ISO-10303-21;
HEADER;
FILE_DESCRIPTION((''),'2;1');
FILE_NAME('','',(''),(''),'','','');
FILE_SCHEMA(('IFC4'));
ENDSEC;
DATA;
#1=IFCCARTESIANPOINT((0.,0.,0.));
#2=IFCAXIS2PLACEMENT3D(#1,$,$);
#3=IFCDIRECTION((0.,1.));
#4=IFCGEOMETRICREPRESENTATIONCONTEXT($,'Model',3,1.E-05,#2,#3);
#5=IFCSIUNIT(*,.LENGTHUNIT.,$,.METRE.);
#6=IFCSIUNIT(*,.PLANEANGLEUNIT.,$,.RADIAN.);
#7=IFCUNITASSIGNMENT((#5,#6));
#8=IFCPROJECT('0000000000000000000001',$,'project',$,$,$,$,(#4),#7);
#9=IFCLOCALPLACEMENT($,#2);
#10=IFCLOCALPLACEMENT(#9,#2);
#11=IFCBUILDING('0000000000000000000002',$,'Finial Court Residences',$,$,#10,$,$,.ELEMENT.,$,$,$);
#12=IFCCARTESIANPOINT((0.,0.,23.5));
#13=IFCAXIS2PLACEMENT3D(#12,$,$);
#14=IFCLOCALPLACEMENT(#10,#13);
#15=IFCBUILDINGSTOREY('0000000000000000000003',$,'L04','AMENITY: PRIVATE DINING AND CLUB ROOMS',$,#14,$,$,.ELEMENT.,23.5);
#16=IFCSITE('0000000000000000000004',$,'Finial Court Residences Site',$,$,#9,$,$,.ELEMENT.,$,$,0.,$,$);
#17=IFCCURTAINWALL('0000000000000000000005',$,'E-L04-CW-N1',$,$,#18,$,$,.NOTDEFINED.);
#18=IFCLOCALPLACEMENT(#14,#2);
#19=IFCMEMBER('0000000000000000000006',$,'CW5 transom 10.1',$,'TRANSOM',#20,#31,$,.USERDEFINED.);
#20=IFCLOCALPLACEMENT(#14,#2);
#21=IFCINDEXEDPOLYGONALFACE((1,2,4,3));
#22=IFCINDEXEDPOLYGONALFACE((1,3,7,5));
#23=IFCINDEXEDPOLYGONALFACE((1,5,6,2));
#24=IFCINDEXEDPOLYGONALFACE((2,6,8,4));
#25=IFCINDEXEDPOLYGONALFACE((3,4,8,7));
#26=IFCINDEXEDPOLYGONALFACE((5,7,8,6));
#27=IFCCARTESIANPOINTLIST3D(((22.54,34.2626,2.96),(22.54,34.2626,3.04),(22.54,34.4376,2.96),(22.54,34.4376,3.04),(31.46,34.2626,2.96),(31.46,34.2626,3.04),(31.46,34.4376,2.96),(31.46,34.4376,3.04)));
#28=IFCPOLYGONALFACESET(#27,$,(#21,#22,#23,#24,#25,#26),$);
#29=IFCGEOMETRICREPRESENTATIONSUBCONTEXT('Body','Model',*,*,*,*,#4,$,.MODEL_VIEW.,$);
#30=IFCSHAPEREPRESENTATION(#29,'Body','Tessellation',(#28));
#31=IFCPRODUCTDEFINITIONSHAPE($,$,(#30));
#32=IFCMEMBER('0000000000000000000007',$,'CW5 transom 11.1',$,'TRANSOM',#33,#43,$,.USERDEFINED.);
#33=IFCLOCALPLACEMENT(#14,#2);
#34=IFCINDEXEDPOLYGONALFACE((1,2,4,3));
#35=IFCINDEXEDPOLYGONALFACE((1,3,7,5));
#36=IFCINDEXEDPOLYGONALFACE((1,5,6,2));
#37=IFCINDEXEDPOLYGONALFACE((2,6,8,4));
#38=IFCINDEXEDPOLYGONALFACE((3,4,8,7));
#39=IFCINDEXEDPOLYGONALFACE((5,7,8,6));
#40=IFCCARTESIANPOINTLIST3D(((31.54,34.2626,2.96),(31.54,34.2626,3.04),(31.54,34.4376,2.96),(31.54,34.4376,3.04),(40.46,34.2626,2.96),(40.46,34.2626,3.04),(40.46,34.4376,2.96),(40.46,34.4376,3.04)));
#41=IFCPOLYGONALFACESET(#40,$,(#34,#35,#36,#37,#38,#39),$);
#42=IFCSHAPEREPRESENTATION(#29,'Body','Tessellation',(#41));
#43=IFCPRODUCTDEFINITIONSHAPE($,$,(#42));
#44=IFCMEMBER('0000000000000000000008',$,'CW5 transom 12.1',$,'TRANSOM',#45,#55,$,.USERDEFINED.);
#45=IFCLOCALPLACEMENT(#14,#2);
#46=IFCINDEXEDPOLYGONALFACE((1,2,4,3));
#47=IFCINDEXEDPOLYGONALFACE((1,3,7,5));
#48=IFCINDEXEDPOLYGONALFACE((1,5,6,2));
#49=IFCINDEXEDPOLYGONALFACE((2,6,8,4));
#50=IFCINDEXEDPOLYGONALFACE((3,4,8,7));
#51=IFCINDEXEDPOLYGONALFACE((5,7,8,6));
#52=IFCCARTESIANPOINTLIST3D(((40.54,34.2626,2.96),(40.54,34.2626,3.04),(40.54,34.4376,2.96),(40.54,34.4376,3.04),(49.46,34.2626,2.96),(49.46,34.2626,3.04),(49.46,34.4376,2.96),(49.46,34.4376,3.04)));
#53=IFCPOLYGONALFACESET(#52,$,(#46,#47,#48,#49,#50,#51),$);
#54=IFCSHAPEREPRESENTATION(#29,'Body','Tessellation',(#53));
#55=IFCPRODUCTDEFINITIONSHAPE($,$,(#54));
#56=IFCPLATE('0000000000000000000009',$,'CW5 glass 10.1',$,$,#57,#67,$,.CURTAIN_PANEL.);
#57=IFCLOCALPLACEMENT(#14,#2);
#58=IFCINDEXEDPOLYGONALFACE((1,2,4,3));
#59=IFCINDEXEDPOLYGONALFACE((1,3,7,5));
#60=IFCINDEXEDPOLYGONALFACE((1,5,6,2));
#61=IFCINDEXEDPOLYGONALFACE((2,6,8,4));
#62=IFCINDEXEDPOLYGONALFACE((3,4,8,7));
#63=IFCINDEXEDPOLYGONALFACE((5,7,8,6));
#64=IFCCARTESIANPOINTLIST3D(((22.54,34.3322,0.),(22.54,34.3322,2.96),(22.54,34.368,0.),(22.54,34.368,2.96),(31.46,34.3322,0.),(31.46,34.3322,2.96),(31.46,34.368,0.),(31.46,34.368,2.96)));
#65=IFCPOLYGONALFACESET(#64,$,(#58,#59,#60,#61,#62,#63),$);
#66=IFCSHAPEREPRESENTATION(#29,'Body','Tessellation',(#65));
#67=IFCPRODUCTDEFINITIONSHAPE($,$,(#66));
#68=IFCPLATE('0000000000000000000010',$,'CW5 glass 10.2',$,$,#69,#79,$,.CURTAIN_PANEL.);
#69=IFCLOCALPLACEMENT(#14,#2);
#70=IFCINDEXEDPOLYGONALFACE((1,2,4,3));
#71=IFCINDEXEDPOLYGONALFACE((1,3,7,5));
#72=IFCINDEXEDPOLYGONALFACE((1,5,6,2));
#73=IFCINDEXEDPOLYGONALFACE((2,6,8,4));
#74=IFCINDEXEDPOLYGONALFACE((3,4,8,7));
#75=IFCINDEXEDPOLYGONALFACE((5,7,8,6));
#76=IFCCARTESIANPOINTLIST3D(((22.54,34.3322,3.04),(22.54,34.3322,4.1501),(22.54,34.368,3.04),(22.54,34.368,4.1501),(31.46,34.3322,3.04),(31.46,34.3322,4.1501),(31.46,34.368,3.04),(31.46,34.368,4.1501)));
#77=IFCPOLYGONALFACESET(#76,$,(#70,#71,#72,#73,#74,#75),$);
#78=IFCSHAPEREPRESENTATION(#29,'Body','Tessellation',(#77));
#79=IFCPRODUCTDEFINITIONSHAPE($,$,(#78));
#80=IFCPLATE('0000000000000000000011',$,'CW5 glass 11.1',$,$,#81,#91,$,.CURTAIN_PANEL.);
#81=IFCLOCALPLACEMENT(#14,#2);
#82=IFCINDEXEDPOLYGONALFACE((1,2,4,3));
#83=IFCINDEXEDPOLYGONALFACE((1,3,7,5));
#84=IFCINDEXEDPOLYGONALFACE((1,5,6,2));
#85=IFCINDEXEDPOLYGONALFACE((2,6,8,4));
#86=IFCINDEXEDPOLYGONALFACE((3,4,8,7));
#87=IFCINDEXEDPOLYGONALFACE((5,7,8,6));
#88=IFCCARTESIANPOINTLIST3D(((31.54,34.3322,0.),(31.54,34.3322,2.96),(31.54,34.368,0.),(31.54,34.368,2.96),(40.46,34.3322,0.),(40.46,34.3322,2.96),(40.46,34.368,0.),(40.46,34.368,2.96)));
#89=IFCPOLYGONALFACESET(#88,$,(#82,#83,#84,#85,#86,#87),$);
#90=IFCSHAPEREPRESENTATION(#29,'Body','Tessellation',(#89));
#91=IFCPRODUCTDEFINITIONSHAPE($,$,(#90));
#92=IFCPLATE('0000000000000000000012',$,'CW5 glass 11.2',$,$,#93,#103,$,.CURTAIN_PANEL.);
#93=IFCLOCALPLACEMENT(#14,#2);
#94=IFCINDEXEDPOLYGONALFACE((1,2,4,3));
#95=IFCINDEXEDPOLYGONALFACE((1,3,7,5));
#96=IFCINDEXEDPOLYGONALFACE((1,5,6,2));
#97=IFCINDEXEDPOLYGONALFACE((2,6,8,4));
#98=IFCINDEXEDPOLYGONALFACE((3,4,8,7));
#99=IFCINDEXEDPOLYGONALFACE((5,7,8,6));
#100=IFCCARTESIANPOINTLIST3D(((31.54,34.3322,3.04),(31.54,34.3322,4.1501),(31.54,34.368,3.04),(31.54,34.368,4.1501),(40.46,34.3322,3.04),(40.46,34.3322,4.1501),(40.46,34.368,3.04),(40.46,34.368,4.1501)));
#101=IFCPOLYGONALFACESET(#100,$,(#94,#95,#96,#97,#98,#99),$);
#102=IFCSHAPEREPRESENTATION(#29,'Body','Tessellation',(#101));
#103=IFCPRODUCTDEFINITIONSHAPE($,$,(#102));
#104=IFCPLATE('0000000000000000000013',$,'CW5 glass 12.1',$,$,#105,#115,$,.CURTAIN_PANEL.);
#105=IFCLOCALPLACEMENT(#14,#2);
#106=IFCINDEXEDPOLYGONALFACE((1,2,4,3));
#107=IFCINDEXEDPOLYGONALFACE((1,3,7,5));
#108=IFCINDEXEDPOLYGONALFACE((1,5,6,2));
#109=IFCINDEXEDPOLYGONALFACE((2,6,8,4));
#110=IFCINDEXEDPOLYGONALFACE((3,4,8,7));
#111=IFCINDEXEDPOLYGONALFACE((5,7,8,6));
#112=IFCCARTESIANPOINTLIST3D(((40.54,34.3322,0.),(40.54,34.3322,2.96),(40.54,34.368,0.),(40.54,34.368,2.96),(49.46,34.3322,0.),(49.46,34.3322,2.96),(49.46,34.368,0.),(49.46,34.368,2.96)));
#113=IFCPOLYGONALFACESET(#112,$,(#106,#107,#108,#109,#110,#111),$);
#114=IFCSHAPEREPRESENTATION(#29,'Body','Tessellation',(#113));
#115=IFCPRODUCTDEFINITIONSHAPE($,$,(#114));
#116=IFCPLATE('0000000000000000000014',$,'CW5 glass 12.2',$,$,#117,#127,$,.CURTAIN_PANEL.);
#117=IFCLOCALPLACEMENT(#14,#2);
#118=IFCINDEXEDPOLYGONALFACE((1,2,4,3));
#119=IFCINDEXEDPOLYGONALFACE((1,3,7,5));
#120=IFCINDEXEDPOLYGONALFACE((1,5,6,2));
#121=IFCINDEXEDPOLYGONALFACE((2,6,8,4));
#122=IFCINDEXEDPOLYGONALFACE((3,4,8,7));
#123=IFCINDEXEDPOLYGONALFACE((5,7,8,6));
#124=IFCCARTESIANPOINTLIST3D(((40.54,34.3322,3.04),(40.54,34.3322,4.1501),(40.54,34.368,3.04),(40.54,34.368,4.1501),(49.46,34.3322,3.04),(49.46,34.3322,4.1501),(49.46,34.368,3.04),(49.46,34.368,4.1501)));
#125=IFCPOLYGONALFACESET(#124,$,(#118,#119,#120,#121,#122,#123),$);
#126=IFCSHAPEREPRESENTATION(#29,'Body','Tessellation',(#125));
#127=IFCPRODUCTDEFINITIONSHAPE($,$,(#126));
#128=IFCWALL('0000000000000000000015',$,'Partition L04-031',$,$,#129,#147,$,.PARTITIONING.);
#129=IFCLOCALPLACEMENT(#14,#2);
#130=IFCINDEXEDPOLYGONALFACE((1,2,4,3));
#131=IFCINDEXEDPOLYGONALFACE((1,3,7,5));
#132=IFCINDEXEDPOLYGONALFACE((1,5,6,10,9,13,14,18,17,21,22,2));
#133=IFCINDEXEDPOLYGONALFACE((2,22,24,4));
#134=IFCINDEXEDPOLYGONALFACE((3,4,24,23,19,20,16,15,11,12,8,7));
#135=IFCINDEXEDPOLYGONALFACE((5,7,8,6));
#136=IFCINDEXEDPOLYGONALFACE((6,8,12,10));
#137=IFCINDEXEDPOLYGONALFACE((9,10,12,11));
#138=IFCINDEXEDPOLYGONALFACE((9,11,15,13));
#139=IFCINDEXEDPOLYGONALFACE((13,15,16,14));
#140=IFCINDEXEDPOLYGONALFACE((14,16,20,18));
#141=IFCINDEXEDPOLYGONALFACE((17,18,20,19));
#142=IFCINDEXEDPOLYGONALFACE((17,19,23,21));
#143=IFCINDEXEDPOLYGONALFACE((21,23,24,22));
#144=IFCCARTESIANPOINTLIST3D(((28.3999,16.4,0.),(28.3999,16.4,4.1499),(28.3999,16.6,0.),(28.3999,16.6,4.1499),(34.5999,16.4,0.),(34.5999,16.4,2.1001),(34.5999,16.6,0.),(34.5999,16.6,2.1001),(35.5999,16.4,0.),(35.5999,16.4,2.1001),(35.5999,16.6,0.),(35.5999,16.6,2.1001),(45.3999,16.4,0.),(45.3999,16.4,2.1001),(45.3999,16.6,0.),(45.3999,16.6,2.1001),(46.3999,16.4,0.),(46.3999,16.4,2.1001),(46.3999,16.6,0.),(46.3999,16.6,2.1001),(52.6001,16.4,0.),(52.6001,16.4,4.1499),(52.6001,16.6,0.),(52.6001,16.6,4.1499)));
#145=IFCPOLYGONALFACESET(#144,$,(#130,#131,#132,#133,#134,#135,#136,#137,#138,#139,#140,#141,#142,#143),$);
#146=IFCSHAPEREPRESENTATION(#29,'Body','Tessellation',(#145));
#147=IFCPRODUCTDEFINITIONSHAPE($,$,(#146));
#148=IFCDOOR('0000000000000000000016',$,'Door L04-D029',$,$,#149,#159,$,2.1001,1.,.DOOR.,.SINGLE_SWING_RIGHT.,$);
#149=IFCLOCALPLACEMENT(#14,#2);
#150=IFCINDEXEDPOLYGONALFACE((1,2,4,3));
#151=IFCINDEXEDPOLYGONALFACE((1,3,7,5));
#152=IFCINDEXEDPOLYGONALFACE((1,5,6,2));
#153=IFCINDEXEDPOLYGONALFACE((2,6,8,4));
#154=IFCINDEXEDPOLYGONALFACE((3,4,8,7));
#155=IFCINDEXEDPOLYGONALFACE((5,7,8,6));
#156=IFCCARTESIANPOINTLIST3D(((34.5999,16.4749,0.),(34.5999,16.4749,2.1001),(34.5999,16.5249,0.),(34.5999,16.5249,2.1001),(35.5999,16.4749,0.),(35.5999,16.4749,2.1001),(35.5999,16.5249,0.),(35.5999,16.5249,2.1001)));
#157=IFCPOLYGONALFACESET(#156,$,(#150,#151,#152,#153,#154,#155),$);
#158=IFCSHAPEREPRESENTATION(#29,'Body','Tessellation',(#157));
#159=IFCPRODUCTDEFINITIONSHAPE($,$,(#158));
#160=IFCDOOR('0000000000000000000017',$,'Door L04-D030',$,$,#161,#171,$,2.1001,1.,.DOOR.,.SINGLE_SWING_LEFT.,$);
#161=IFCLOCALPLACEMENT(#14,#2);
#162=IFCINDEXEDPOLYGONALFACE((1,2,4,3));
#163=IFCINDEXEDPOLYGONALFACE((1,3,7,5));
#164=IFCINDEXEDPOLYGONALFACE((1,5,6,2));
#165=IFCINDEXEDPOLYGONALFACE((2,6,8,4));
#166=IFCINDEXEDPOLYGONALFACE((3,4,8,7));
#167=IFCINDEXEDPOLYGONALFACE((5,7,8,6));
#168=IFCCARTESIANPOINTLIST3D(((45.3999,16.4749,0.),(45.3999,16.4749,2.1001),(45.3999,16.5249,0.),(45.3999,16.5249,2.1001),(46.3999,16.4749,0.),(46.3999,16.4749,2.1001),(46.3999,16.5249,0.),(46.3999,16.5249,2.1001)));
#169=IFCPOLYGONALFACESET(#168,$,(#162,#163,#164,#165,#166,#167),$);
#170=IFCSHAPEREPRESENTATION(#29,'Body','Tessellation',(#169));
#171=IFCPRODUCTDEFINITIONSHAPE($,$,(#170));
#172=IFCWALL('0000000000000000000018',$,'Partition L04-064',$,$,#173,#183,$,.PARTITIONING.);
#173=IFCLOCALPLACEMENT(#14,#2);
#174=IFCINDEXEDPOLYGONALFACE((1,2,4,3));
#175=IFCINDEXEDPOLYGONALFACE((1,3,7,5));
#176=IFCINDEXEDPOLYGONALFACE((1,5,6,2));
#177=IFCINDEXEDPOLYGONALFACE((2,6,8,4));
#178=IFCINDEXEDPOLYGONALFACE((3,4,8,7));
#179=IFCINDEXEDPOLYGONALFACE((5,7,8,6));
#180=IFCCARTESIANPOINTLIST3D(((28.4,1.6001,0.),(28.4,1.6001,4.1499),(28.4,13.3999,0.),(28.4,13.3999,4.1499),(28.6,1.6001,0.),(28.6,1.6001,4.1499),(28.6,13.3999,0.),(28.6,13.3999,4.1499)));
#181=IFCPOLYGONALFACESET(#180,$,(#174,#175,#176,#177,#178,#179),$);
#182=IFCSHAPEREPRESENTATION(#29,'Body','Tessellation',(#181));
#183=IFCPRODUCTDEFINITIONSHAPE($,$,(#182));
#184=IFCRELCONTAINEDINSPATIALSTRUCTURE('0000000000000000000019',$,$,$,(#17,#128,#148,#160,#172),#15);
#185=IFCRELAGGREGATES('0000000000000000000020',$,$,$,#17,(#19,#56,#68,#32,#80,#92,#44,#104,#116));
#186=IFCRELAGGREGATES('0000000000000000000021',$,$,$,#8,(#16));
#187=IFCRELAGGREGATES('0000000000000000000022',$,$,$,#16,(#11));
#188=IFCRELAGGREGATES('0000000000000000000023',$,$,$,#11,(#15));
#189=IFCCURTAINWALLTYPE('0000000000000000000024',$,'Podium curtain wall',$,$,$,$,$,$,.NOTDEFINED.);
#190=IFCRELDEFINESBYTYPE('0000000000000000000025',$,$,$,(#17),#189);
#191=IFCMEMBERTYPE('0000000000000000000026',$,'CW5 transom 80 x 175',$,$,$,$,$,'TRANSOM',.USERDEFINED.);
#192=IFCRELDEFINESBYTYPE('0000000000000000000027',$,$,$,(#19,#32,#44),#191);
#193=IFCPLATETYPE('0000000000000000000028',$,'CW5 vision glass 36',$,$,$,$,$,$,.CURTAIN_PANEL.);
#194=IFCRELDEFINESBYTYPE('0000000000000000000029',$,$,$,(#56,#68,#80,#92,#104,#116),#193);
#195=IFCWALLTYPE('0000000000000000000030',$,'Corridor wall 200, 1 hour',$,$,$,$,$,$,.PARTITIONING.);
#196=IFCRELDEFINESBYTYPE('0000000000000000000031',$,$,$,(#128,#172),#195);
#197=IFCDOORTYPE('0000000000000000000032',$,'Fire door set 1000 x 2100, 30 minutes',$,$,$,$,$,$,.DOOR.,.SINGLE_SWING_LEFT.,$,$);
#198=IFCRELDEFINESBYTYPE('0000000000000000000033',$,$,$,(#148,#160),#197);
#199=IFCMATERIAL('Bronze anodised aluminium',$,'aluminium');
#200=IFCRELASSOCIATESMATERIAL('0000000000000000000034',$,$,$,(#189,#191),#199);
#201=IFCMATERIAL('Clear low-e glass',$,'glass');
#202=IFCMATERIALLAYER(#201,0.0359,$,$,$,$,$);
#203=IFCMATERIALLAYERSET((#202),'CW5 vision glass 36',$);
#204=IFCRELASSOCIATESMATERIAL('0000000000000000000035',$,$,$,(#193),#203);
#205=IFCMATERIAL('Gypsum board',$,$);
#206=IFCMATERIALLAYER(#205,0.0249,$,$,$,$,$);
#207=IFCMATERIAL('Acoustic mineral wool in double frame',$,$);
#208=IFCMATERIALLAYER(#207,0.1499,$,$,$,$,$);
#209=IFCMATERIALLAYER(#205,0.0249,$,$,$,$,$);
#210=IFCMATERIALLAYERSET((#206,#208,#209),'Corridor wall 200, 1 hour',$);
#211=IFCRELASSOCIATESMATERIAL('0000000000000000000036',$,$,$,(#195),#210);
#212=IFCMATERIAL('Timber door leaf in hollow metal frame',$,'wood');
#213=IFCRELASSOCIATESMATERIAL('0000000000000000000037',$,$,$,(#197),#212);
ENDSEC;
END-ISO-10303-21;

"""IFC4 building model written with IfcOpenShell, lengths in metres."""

from ifc_helpers import new_model, si_unit, direction, frame, frame_2d, origin, origin_2d, place, context, subcontext, project, spatial, rectangle, extrude, material, layer, layer_set, material_profile, profile_set, type_object, element, fill, aggregate, save


model = new_model("IFC4")

# Units and contexts
model_context = context("Model", 3, precision=1e-05, world=origin(), true_north=direction((0.0, 1.0)))
body_context = subcontext(model_context, "Body", "Model", "MODEL_VIEW")
ifc_project = project(units=[si_unit("LENGTHUNIT", "METRE"), si_unit("PLANEANGLEUNIT", "RADIAN")], contexts=[model_context])

# Site, building, storey
site_placement = place(None, origin())
site = spatial("IfcSite", under=ifc_project, at=site_placement, Name="Finial Court Residences Site", CompositionType="ELEMENT", RefElevation=0.0)
building_placement = place(site_placement, origin())
building = spatial("IfcBuilding", under=site, at=building_placement, Name="Finial Court Residences", CompositionType="ELEMENT")
storey_placement = place(building_placement, frame((0.0, 0.0, 23.5)))
storey = spatial("IfcBuildingStorey", under=building, at=storey_placement, Name="L04", Description="AMENITY: PRIVATE DINING AND CLUB ROOMS", CompositionType="ELEMENT", Elevation=23.5)

# Curtain wall, members, plates
ifc_material_1 = material(Name="Bronze anodised aluminium", Category="aluminium")
curtain_wall_type = type_object("IfcCurtainWallType", Name="Podium curtain wall", PredefinedType="NOTDEFINED", material=ifc_material_1)
curtain_wall_placement = place(storey_placement, origin())
curtain_wall = element("IfcCurtainWall", 1, at=curtain_wall_placement, inside=storey, type_object=curtain_wall_type, Name="E-L04-CW-N1", PredefinedType="NOTDEFINED")
ifc_material_profile_1 = material_profile(ifc_material_1, rectangle(XDim=0.175, YDim=0.0801, at=origin_2d()), Name="CW5 transom 80 x 175")
ifc_profile_set_1 = profile_set([ifc_material_profile_1], Name="Bronze anodised aluminium")
member_type_1 = type_object("IfcMemberType", Name="CW5 transom 80 x 175", ElementType="TRANSOM", PredefinedType="USERDEFINED", material=ifc_profile_set_1)
member_1_placement = place(storey_placement, frame((22.54, 34.3501, 3.0), z_axis=(1.0, 0.0, 0.0), x_axis=(0.0, 1.0, 0.0)))
member_1 = element("IfcMember", 2, at=member_1_placement, type_object=member_type_1, Name="CW5 transom 10.1", ObjectType="TRANSOM", PredefinedType="USERDEFINED", context=body_context, shape_type="SweptSolid", body=[
    extrude(rectangle(XDim=0.175, YDim=0.0801, at=origin_2d()), origin(), (0.0, 0.0, 1.0), 8.9199),
])
member_2_placement = place(storey_placement, frame((31.54, 34.3501, 3.0), z_axis=(1.0, 0.0, 0.0), x_axis=(0.0, 1.0, 0.0)))
member_2 = element("IfcMember", 3, at=member_2_placement, type_object=member_type_1, Name="CW5 transom 11.1", ObjectType="TRANSOM", PredefinedType="USERDEFINED", context=body_context, shape_type="SweptSolid", body=[
    extrude(rectangle(XDim=0.175, YDim=0.0801, at=origin_2d()), origin(), (0.0, 0.0, 1.0), 8.9199),
])
member_3_placement = place(storey_placement, frame((40.54, 34.3501, 3.0), z_axis=(1.0, 0.0, 0.0), x_axis=(0.0, 1.0, 0.0)))
member_3 = element("IfcMember", 4, at=member_3_placement, type_object=member_type_1, Name="CW5 transom 12.1", ObjectType="TRANSOM", PredefinedType="USERDEFINED", context=body_context, shape_type="SweptSolid", body=[
    extrude(rectangle(XDim=0.175, YDim=0.0801, at=origin_2d()), origin(), (0.0, 0.0, 1.0), 8.9199),
])
ifc_material_2 = material(Name="Clear low-e glass", Category="glass")
ifc_layer_1 = layer(ifc_material_2, 0.0359)
ifc_layer_set_1 = layer_set([ifc_layer_1], Name="CW5 vision glass 36")
plate_type = type_object("IfcPlateType", Name="CW5 vision glass 36", PredefinedType="CURTAIN_PANEL", material=ifc_layer_set_1)
plate_1_placement = place(storey_placement, frame((27.0, 34.3501, 0.0), z_axis=(0.0, 0.0, 1.0), x_axis=(1.0, 0.0, 0.0)))
plate_1 = element("IfcPlate", 5, at=plate_1_placement, type_object=plate_type, Name="CW5 glass 10.1", PredefinedType="CURTAIN_PANEL", context=body_context, shape_type="SweptSolid", body=[
    extrude(rectangle(XDim=8.9199, YDim=0.0359, at=origin_2d()), origin(), (0.0, 0.0, 1.0), 2.96),
])
plate_2_placement = place(storey_placement, frame((27.0, 34.3501, 3.04), z_axis=(0.0, 0.0, 1.0), x_axis=(1.0, 0.0, 0.0)))
plate_2 = element("IfcPlate", 6, at=plate_2_placement, type_object=plate_type, Name="CW5 glass 10.2", PredefinedType="CURTAIN_PANEL", context=body_context, shape_type="SweptSolid", body=[
    extrude(rectangle(XDim=8.9199, YDim=0.0359, at=origin_2d()), origin(), (0.0, 0.0, 1.0), 1.1101),
])
plate_3_placement = place(storey_placement, frame((36.0, 34.3501, 0.0), z_axis=(0.0, 0.0, 1.0), x_axis=(1.0, 0.0, 0.0)))
plate_3 = element("IfcPlate", 7, at=plate_3_placement, type_object=plate_type, Name="CW5 glass 11.1", PredefinedType="CURTAIN_PANEL", context=body_context, shape_type="SweptSolid", body=[
    extrude(rectangle(XDim=8.9199, YDim=0.0359, at=origin_2d()), origin(), (0.0, 0.0, 1.0), 2.96),
])
plate_4_placement = place(storey_placement, frame((36.0, 34.3501, 3.04), z_axis=(0.0, 0.0, 1.0), x_axis=(1.0, 0.0, 0.0)))
plate_4 = element("IfcPlate", 8, at=plate_4_placement, type_object=plate_type, Name="CW5 glass 11.2", PredefinedType="CURTAIN_PANEL", context=body_context, shape_type="SweptSolid", body=[
    extrude(rectangle(XDim=8.9199, YDim=0.0359, at=origin_2d()), origin(), (0.0, 0.0, 1.0), 1.1101),
])
plate_5_placement = place(storey_placement, frame((45.0, 34.3501, 0.0), z_axis=(0.0, 0.0, 1.0), x_axis=(1.0, 0.0, 0.0)))
plate_5 = element("IfcPlate", 9, at=plate_5_placement, type_object=plate_type, Name="CW5 glass 12.1", PredefinedType="CURTAIN_PANEL", context=body_context, shape_type="SweptSolid", body=[
    extrude(rectangle(XDim=8.9199, YDim=0.0359, at=origin_2d()), origin(), (0.0, 0.0, 1.0), 2.96),
])
plate_6_placement = place(storey_placement, frame((45.0, 34.3501, 3.04), z_axis=(0.0, 0.0, 1.0), x_axis=(1.0, 0.0, 0.0)))
plate_6 = element("IfcPlate", 10, at=plate_6_placement, type_object=plate_type, Name="CW5 glass 12.2", PredefinedType="CURTAIN_PANEL", context=body_context, shape_type="SweptSolid", body=[
    extrude(rectangle(XDim=8.9199, YDim=0.0359, at=origin_2d()), origin(), (0.0, 0.0, 1.0), 1.1101),
])
aggregate(curtain_wall, [member_1, plate_1, plate_2, member_2, plate_3, plate_4, member_3, plate_5, plate_6])

# Wall, openings, doors
ifc_material_3 = material(Name="Gypsum board")
ifc_layer_2 = layer(ifc_material_3, 0.0249)
ifc_material_4 = material(Name="Acoustic mineral wool in double frame")
ifc_layer_3 = layer(ifc_material_4, 0.1499)
ifc_layer_4 = layer(ifc_material_3, 0.0249)
ifc_layer_set_2 = layer_set([ifc_layer_2, ifc_layer_3, ifc_layer_4], Name="Corridor wall 200, 1 hour")
wall_type_1 = type_object("IfcWallType", Name="Corridor wall 200, 1 hour", PredefinedType="PARTITIONING", material=ifc_layer_set_2)
wall_1_placement = place(storey_placement, frame((28.3999, 16.5, 0.0), z_axis=(0.0, 0.0, 1.0), x_axis=(1.0, 0.0, 0.0)))
wall_1 = element("IfcWall", 11, at=wall_1_placement, inside=storey, type_object=wall_type_1, Name="Partition L04-031", PredefinedType="PARTITIONING", context=body_context, shape_type="SweptSolid", body=[
    extrude(rectangle(XDim=24.2002, YDim=0.2, at=frame_2d((12.1001, 0.0))), origin(), (0.0, 0.0, 1.0), 4.1499),
])
opening_1_placement = place(wall_1_placement, frame((6.2, 0.0, 0.0)))
opening_1 = element("IfcOpeningElement", 12, at=opening_1_placement, cuts=wall_1, PredefinedType="OPENING", context=body_context, shape_type="SweptSolid", body=[
    extrude(rectangle(XDim=1.0, YDim=2.1001, at=frame_2d((0.5, 1.05))), frame((0.0, 0.1099, 0.0), z_axis=(0.0, -1.0, 0.0), x_axis=(1.0, 0.0, 0.0)), (0.0, 0.0, 1.0), 0.22),
])
opening_2_placement = place(wall_1_placement, frame((17.0, 0.0, 0.0)))
opening_2 = element("IfcOpeningElement", 13, at=opening_2_placement, cuts=wall_1, PredefinedType="OPENING", context=body_context, shape_type="SweptSolid", body=[
    extrude(rectangle(XDim=1.0, YDim=2.1001, at=frame_2d((0.5, 1.05))), frame((0.0, 0.1099, 0.0), z_axis=(0.0, -1.0, 0.0), x_axis=(1.0, 0.0, 0.0)), (0.0, 0.0, 1.0), 0.22),
])
ifc_material_5 = material(Name="Timber door leaf in hollow metal frame", Category="wood")
door_type = type_object("IfcDoorType", Name="Fire door set 1000 x 2100, 30 minutes", OperationType="SINGLE_SWING_LEFT", PredefinedType="DOOR", material=ifc_material_5)
door_1_placement = place(opening_1_placement, origin())
door_1 = element("IfcDoor", 14, at=door_1_placement, inside=storey, type_object=door_type, Name="Door L04-D029", OperationType="SINGLE_SWING_RIGHT", OverallHeight=2.1001, OverallWidth=1.0, PredefinedType="DOOR", context=body_context, shape_type="SweptSolid", body=[
    extrude(rectangle(XDim=1.0, YDim=2.1001, at=frame_2d((0.5, 1.05))), frame((0.0, 0.0249, 0.0), z_axis=(0.0, -1.0, 0.0), x_axis=(1.0, 0.0, 0.0)), (0.0, 0.0, 1.0), 0.05),
])
fill(opening_1, door_1)
door_2_placement = place(opening_2_placement, origin())
door_2 = element("IfcDoor", 15, at=door_2_placement, inside=storey, type_object=door_type, Name="Door L04-D030", OperationType="SINGLE_SWING_LEFT", OverallHeight=2.1001, OverallWidth=1.0, PredefinedType="DOOR", context=body_context, shape_type="SweptSolid", body=[
    extrude(rectangle(XDim=1.0, YDim=2.1001, at=frame_2d((0.5, 1.05))), frame((0.0, 0.0249, 0.0), z_axis=(0.0, -1.0, 0.0), x_axis=(1.0, 0.0, 0.0)), (0.0, 0.0, 1.0), 0.05),
])
fill(opening_2, door_2)

# Wall
wall_2_placement = place(storey_placement, frame((28.5, 1.6001, 0.0), z_axis=(0.0, 0.0, 1.0), x_axis=(0.0, 1.0, 0.0)))
element("IfcWall", 16, at=wall_2_placement, inside=storey, type_object=wall_type_1, Name="Partition L04-064", PredefinedType="PARTITIONING", context=body_context, shape_type="SweptSolid", body=[
    extrude(rectangle(XDim=11.7998, YDim=0.2, at=frame_2d((5.8999, 0.0))), origin(), (0.0, 0.0, 1.0), 4.1499),
])

save(model, "model.ifc")
